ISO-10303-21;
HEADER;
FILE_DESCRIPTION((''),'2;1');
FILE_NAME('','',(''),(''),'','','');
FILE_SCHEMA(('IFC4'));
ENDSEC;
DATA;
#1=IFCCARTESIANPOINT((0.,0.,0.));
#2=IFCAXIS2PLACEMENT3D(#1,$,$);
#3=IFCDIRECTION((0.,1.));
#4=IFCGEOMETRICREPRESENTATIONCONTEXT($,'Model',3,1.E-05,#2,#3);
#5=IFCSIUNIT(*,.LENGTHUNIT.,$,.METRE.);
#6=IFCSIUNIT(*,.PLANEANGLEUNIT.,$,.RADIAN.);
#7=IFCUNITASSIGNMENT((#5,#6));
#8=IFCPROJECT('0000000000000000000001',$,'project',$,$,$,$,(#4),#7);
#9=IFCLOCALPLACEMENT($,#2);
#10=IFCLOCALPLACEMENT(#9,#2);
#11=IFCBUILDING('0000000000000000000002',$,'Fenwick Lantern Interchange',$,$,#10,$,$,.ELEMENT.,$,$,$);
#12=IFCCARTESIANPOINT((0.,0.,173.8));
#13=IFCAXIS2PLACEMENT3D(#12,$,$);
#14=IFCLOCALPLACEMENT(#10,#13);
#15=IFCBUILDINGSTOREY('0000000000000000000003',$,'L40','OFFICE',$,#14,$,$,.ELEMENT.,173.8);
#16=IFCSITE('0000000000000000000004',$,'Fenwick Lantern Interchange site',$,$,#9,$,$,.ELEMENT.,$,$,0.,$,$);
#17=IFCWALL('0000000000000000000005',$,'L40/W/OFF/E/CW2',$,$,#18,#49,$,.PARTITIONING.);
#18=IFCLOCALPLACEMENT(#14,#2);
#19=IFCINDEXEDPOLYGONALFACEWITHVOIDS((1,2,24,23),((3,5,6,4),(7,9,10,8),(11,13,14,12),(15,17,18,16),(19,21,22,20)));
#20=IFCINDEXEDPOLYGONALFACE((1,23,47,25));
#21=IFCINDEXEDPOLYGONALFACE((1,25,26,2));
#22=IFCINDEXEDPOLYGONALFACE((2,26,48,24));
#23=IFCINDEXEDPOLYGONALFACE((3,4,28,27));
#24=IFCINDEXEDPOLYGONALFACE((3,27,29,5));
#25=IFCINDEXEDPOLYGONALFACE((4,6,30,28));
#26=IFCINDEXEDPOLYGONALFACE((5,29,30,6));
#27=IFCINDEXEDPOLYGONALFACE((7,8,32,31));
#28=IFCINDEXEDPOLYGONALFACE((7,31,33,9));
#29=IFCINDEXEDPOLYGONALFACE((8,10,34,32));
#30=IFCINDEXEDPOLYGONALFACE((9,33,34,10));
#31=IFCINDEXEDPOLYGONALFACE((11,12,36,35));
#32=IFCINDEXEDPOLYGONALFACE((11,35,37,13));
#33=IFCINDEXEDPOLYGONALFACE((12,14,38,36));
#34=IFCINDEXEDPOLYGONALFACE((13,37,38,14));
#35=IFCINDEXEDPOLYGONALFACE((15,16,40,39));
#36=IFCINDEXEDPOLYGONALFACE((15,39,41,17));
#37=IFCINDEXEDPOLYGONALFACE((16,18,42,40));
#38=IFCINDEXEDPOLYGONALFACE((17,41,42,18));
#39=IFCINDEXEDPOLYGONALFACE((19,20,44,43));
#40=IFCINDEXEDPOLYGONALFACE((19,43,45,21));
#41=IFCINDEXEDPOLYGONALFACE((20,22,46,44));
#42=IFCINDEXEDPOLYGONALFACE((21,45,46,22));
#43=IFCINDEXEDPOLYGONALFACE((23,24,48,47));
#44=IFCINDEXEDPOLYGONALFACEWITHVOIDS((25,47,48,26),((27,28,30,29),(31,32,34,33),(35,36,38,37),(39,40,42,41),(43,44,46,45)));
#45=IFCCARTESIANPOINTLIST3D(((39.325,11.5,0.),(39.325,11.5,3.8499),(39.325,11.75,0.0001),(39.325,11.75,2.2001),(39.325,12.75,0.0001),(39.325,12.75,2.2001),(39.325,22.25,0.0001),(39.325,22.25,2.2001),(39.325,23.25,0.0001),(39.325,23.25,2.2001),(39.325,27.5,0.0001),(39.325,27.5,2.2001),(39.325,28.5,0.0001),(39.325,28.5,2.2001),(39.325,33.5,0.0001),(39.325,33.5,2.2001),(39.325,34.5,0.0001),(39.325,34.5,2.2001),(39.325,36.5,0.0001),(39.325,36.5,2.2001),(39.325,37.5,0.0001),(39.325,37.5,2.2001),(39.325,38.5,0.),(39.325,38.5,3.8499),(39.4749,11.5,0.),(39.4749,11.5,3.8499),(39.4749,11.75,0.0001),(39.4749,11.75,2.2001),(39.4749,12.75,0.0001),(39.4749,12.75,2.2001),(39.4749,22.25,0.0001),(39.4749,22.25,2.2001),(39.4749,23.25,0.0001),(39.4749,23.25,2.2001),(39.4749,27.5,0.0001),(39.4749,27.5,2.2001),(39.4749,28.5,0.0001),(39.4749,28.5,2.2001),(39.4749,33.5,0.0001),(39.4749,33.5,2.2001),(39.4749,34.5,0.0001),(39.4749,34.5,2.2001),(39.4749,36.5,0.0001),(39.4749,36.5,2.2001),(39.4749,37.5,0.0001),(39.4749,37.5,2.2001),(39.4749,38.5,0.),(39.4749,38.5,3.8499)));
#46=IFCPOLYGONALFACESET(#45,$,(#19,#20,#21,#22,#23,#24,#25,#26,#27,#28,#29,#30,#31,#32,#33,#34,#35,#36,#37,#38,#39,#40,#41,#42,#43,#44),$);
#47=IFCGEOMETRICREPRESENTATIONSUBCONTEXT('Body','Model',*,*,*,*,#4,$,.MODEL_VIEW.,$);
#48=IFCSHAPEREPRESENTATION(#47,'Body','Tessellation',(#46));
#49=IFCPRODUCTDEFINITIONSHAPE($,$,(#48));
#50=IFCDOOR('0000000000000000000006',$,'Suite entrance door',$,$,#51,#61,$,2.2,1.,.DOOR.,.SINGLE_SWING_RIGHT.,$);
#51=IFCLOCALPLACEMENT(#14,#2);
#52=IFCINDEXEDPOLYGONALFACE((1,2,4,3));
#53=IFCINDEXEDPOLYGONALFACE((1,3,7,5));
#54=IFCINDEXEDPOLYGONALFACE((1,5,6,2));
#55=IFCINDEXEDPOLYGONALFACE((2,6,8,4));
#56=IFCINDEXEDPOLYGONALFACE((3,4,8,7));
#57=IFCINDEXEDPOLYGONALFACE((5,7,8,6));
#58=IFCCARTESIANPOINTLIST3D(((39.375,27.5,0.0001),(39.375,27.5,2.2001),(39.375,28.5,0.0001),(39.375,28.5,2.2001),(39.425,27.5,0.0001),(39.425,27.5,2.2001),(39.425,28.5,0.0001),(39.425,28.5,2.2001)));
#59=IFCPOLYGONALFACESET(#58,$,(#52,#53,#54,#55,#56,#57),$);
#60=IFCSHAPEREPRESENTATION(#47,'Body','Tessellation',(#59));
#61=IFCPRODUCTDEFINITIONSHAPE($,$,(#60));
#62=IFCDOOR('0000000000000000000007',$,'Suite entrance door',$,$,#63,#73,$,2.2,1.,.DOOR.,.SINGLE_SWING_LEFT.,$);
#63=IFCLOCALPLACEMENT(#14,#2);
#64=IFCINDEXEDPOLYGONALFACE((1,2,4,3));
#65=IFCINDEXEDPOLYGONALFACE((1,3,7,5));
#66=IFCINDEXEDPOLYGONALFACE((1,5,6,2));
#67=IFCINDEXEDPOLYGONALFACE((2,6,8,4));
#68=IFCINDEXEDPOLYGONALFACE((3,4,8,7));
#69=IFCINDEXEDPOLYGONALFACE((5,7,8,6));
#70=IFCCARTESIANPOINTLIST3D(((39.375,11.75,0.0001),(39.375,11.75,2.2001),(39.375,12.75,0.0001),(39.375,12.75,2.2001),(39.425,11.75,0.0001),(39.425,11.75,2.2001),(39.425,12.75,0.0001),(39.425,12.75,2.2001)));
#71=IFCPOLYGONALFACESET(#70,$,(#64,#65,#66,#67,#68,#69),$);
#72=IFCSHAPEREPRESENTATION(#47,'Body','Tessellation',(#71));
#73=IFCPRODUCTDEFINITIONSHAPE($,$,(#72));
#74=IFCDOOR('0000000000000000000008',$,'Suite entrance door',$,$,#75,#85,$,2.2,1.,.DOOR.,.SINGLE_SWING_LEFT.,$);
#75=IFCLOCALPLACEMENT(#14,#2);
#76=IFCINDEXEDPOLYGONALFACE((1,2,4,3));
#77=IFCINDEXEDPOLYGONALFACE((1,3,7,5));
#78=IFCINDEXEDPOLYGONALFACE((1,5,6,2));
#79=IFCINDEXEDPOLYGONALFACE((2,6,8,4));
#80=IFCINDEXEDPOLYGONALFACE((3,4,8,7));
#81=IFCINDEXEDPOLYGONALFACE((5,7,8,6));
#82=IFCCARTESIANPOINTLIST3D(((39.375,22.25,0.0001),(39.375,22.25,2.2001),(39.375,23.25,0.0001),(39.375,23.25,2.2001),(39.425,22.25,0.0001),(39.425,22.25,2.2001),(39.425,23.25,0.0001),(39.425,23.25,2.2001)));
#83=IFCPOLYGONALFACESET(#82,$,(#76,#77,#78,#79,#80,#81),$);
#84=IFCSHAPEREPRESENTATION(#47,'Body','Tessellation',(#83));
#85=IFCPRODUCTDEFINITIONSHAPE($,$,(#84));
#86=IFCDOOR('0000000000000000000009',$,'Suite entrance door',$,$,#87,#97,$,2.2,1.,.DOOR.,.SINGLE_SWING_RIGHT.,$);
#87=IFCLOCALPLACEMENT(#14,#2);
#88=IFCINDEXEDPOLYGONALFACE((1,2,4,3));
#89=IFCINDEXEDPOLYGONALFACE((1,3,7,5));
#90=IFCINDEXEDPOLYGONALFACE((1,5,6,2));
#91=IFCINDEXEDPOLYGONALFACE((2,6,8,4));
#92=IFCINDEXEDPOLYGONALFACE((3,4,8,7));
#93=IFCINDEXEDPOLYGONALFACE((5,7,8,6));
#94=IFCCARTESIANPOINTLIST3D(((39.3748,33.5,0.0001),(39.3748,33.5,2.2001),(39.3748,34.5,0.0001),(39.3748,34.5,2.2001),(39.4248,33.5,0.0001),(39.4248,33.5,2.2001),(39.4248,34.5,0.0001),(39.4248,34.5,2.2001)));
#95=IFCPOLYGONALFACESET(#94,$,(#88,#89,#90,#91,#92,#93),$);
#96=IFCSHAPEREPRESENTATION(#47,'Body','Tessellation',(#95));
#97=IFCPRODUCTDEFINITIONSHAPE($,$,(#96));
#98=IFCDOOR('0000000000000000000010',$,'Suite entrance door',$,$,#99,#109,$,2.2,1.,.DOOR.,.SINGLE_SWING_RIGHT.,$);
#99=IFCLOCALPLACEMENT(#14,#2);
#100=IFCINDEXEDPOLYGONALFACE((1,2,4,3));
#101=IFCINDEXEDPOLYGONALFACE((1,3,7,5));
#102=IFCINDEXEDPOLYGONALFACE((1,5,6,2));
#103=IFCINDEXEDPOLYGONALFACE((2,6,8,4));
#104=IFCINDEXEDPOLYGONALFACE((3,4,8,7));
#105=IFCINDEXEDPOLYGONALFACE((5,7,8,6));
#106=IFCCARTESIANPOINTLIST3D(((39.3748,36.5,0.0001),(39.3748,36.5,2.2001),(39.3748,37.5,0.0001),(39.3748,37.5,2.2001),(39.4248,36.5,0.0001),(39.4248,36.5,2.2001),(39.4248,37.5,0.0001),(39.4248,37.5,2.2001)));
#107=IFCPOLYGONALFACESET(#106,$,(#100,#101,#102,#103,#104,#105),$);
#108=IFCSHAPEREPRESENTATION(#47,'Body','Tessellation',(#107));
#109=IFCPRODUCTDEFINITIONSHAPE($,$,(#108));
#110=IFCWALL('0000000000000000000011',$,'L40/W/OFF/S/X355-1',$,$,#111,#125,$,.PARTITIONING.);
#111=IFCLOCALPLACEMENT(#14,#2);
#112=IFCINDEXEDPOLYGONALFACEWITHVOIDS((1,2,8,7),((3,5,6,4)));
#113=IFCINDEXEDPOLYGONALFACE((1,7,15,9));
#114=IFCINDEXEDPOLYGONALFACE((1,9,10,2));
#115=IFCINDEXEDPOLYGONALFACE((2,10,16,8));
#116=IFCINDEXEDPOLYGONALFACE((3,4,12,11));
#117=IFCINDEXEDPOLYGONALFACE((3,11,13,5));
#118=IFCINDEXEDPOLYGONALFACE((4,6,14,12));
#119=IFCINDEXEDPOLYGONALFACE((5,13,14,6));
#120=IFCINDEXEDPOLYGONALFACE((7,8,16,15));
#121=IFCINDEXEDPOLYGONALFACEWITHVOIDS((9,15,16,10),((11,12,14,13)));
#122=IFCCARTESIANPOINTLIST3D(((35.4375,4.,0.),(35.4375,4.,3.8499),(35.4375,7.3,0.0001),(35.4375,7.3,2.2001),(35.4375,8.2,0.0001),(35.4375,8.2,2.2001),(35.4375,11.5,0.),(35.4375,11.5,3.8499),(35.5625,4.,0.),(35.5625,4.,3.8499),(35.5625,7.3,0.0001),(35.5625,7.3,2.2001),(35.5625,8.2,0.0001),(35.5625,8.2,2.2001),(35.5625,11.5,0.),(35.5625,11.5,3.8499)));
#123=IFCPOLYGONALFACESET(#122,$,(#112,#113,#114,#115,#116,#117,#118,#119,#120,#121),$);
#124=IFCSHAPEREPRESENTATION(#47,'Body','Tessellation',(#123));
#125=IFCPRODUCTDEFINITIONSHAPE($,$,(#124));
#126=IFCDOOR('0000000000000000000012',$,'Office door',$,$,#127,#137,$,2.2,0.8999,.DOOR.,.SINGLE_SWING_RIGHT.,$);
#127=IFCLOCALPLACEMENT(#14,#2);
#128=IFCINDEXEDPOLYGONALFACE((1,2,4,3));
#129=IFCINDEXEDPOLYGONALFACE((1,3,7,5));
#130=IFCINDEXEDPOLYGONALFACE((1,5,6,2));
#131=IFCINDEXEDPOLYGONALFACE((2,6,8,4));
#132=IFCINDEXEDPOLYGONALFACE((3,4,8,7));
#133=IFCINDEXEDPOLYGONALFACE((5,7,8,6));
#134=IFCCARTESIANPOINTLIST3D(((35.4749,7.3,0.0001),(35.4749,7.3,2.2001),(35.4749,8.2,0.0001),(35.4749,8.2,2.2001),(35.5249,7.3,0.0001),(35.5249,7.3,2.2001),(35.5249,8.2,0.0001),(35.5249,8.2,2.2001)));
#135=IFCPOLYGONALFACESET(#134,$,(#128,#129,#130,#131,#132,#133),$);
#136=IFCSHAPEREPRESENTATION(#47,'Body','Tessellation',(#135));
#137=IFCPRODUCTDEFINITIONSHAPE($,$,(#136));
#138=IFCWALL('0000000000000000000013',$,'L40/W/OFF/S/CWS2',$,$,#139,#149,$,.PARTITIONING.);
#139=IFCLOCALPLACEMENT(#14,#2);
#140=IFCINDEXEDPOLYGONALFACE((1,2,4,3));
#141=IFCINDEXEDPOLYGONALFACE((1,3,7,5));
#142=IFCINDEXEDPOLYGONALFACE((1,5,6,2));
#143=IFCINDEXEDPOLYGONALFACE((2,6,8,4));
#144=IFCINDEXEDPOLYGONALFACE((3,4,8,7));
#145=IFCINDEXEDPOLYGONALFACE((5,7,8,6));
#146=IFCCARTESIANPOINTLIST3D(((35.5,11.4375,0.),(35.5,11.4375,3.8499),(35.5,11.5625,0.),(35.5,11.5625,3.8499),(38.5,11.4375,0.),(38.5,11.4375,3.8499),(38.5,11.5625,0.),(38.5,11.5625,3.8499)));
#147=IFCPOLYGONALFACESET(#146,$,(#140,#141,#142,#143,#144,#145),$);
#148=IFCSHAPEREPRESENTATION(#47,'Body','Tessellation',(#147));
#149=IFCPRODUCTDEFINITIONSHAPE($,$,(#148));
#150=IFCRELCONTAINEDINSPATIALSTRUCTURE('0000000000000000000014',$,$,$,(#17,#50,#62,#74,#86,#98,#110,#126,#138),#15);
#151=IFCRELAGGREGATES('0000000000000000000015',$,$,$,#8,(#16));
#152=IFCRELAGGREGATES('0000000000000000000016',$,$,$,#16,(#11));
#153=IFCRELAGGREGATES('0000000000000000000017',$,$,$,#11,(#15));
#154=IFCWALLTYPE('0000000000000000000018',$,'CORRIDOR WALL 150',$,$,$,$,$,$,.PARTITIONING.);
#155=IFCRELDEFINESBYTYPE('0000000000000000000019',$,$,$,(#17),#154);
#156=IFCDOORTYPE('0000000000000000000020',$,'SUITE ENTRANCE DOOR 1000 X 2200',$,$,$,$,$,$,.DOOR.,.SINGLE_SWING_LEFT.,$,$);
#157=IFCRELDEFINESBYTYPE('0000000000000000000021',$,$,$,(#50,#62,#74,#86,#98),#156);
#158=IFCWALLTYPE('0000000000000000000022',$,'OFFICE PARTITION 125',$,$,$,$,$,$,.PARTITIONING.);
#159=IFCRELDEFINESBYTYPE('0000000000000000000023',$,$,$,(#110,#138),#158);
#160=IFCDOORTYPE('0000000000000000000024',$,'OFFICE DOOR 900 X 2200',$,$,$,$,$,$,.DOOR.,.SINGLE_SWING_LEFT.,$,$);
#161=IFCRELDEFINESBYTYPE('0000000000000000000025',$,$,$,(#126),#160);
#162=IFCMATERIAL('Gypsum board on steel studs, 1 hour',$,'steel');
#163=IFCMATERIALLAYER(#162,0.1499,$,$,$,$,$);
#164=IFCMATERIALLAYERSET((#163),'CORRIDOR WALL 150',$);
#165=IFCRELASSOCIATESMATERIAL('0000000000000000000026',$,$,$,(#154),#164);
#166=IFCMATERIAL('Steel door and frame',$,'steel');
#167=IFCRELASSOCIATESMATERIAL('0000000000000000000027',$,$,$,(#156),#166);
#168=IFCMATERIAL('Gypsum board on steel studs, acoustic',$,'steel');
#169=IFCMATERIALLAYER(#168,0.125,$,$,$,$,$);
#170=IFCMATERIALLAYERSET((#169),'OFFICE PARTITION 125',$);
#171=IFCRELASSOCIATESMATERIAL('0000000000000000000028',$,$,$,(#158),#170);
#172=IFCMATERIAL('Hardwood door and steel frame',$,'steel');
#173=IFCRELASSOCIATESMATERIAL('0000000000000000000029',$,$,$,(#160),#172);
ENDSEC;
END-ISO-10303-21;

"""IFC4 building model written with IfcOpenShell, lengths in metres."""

from ifc_helpers import new_model, si_unit, direction, frame, frame_2d, origin, place, context, subcontext, project, spatial, rectangle, extrude, material, layer, layer_set, type_object, element, fill, save


model = new_model("IFC4")

# Units and contexts
model_context = context("Model", 3, precision=1e-05, world=origin(), true_north=direction((0.0, 1.0)))
body_context = subcontext(model_context, "Body", "Model", "MODEL_VIEW")
ifc_project = project(units=[si_unit("LENGTHUNIT", "METRE"), si_unit("PLANEANGLEUNIT", "RADIAN")], contexts=[model_context])

# Site, building, storey
site_placement = place(None, origin())
site = spatial("IfcSite", under=ifc_project, at=site_placement, Name="Fenwick Lantern Interchange site", CompositionType="ELEMENT", RefElevation=0.0)
building_placement = place(site_placement, origin())
building = spatial("IfcBuilding", under=site, at=building_placement, Name="Fenwick Lantern Interchange", CompositionType="ELEMENT")
storey_placement = place(building_placement, frame((0.0, 0.0, 173.8)))
storey = spatial("IfcBuildingStorey", under=building, at=storey_placement, Name="L40", Description="OFFICE", CompositionType="ELEMENT", Elevation=173.8)

# Shared definitions
ifc_material_1 = material(Name="Steel door and frame", Category="steel")
ifc_material_2 = material(Name="Hardwood door and steel frame", Category="steel")

# Shared definitions
ifc_material_3 = material(Name="Gypsum board on steel studs, 1 hour", Category="steel")
ifc_layer_1 = layer(ifc_material_3, 0.1499)
ifc_layer_set_1 = layer_set([ifc_layer_1], Name="CORRIDOR WALL 150")
wall_type_1 = type_object("IfcWallType", Name="CORRIDOR WALL 150", PredefinedType="PARTITIONING", material=ifc_layer_set_1)

# Wall, openings, doors
wall_1_placement = place(storey_placement, frame((39.3999, 11.5, 0.0), z_axis=(0.0, 0.0, 1.0), x_axis=(0.0, 1.0, 0.0)))
wall_1 = element("IfcWall", 1, at=wall_1_placement, inside=storey, type_object=wall_type_1, Name="L40/W/OFF/E/CW2", PredefinedType="PARTITIONING", context=body_context, shape_type="SweptSolid", body=[
    extrude(rectangle(XDim=27.0, YDim=0.1499, at=frame_2d((13.5, 0.0))), origin(), (0.0, 0.0, 1.0), 3.8499),
])
opening_1_placement = place(wall_1_placement, frame((16.0, 0.0, 0.0)))
opening_1 = element("IfcOpeningElement", 2, at=opening_1_placement, cuts=wall_1, PredefinedType="OPENING", context=body_context, shape_type="SweptSolid", body=[
    extrude(rectangle(XDim=1.0, YDim=2.2, at=frame_2d((0.5, 1.1001))), frame((0.0, 0.085, 0.0), z_axis=(0.0, -1.0, 0.0), x_axis=(1.0, 0.0, 0.0)), (0.0, 0.0, 1.0), 0.1699),
])
opening_2_placement = place(wall_1_placement, frame((0.25, 0.0, 0.0)))
opening_2 = element("IfcOpeningElement", 3, at=opening_2_placement, cuts=wall_1, PredefinedType="OPENING", context=body_context, shape_type="SweptSolid", body=[
    extrude(rectangle(XDim=1.0, YDim=2.2, at=frame_2d((0.5, 1.1001))), frame((0.0, 0.085, 0.0), z_axis=(0.0, -1.0, 0.0), x_axis=(1.0, 0.0, 0.0)), (0.0, 0.0, 1.0), 0.1699),
])
opening_3_placement = place(wall_1_placement, frame((10.75, 0.0, 0.0)))
opening_3 = element("IfcOpeningElement", 4, at=opening_3_placement, cuts=wall_1, PredefinedType="OPENING", context=body_context, shape_type="SweptSolid", body=[
    extrude(rectangle(XDim=1.0, YDim=2.2, at=frame_2d((0.5, 1.1001))), frame((0.0, 0.085, 0.0), z_axis=(0.0, -1.0, 0.0), x_axis=(1.0, 0.0, 0.0)), (0.0, 0.0, 1.0), 0.1699),
])
opening_4_placement = place(wall_1_placement, frame((22.0, 0.0, 0.0)))
opening_4 = element("IfcOpeningElement", 5, at=opening_4_placement, cuts=wall_1, PredefinedType="OPENING", context=body_context, shape_type="SweptSolid", body=[
    extrude(rectangle(XDim=1.0, YDim=2.2, at=frame_2d((0.5, 1.1001))), frame((0.0, 0.085, 0.0), z_axis=(0.0, -1.0, 0.0), x_axis=(1.0, 0.0, 0.0)), (0.0, 0.0, 1.0), 0.1699),
])
opening_5_placement = place(wall_1_placement, frame((25.0, 0.0, 0.0)))
opening_5 = element("IfcOpeningElement", 6, at=opening_5_placement, cuts=wall_1, PredefinedType="OPENING", context=body_context, shape_type="SweptSolid", body=[
    extrude(rectangle(XDim=1.0, YDim=2.2, at=frame_2d((0.5, 1.1001))), frame((0.0, 0.085, 0.0), z_axis=(0.0, -1.0, 0.0), x_axis=(1.0, 0.0, 0.0)), (0.0, 0.0, 1.0), 0.1699),
])
door_type_1 = type_object("IfcDoorType", Name="SUITE ENTRANCE DOOR 1000 X 2200", OperationType="SINGLE_SWING_LEFT", PredefinedType="DOOR", material=ifc_material_1)
door_1_placement = place(opening_1_placement, origin())
door_1 = element("IfcDoor", 7, at=door_1_placement, inside=storey, type_object=door_type_1, Name="Suite entrance door", OperationType="SINGLE_SWING_RIGHT", OverallHeight=2.2, OverallWidth=1.0, PredefinedType="DOOR", context=body_context, shape_type="SweptSolid", body=[
    extrude(rectangle(XDim=1.0, YDim=2.2, at=frame_2d((0.5, 1.1001))), frame((0.0, 0.0249, 0.0), z_axis=(0.0, -1.0, 0.0), x_axis=(1.0, 0.0, 0.0)), (0.0, 0.0, 1.0), 0.05),
])
fill(opening_1, door_1)
door_2_placement = place(opening_2_placement, origin())
door_2 = element("IfcDoor", 8, at=door_2_placement, inside=storey, type_object=door_type_1, Name="Suite entrance door", OperationType="SINGLE_SWING_LEFT", OverallHeight=2.2, OverallWidth=1.0, PredefinedType="DOOR", context=body_context, shape_type="SweptSolid", body=[
    extrude(rectangle(XDim=1.0, YDim=2.2, at=frame_2d((0.5, 1.1001))), frame((0.0, 0.0249, 0.0), z_axis=(0.0, -1.0, 0.0), x_axis=(1.0, 0.0, 0.0)), (0.0, 0.0, 1.0), 0.05),
])
fill(opening_2, door_2)
door_3_placement = place(opening_3_placement, origin())
door_3 = element("IfcDoor", 9, at=door_3_placement, inside=storey, type_object=door_type_1, Name="Suite entrance door", OperationType="SINGLE_SWING_LEFT", OverallHeight=2.2, OverallWidth=1.0, PredefinedType="DOOR", context=body_context, shape_type="SweptSolid", body=[
    extrude(rectangle(XDim=1.0, YDim=2.2, at=frame_2d((0.5, 1.1001))), frame((0.0, 0.0249, 0.0), z_axis=(0.0, -1.0, 0.0), x_axis=(1.0, 0.0, 0.0)), (0.0, 0.0, 1.0), 0.05),
])
fill(opening_3, door_3)
door_4_placement = place(opening_4_placement, frame((1.0, 0.0, 0.0), z_axis=(0.0, 0.0, 1.0), x_axis=(-1.0, 0.0, 0.0)))
door_4 = element("IfcDoor", 10, at=door_4_placement, inside=storey, type_object=door_type_1, Name="Suite entrance door", OperationType="SINGLE_SWING_RIGHT", OverallHeight=2.2, OverallWidth=1.0, PredefinedType="DOOR", context=body_context, shape_type="SweptSolid", body=[
    extrude(rectangle(XDim=1.0, YDim=2.2, at=frame_2d((0.5, 1.1001))), frame((0.0, 0.0249, 0.0), z_axis=(0.0, -1.0, 0.0), x_axis=(1.0, 0.0, 0.0)), (0.0, 0.0, 1.0), 0.05),
])
fill(opening_4, door_4)
door_5_placement = place(opening_5_placement, frame((1.0, 0.0, 0.0), z_axis=(0.0, 0.0, 1.0), x_axis=(-1.0, 0.0, 0.0)))
door_5 = element("IfcDoor", 11, at=door_5_placement, inside=storey, type_object=door_type_1, Name="Suite entrance door", OperationType="SINGLE_SWING_RIGHT", OverallHeight=2.2, OverallWidth=1.0, PredefinedType="DOOR", context=body_context, shape_type="SweptSolid", body=[
    extrude(rectangle(XDim=1.0, YDim=2.2, at=frame_2d((0.5, 1.1001))), frame((0.0, 0.0249, 0.0), z_axis=(0.0, -1.0, 0.0), x_axis=(1.0, 0.0, 0.0)), (0.0, 0.0, 1.0), 0.05),
])
fill(opening_5, door_5)

# Wall, opening, door
ifc_material_4 = material(Name="Gypsum board on steel studs, acoustic", Category="steel")
ifc_layer_2 = layer(ifc_material_4, 0.125)
ifc_layer_set_2 = layer_set([ifc_layer_2], Name="OFFICE PARTITION 125")
wall_type_2 = type_object("IfcWallType", Name="OFFICE PARTITION 125", PredefinedType="PARTITIONING", material=ifc_layer_set_2)
wall_2_placement = place(storey_placement, frame((35.5, 4.0, 0.0), z_axis=(0.0, 0.0, 1.0), x_axis=(0.0, 1.0, 0.0)))
wall_2 = element("IfcWall", 12, at=wall_2_placement, inside=storey, type_object=wall_type_2, Name="L40/W/OFF/S/X355-1", PredefinedType="PARTITIONING", context=body_context, shape_type="SweptSolid", body=[
    extrude(rectangle(XDim=7.5, YDim=0.125, at=frame_2d((3.75, 0.0))), origin(), (0.0, 0.0, 1.0), 3.8499),
])
opening_6_placement = place(wall_2_placement, frame((3.3, 0.0, 0.0)))
opening_6 = element("IfcOpeningElement", 13, at=opening_6_placement, cuts=wall_2, PredefinedType="OPENING", context=body_context, shape_type="SweptSolid", body=[
    extrude(rectangle(XDim=0.8999, YDim=2.2, at=frame_2d((0.45, 1.1001))), frame((0.0, 0.0725, 0.0), z_axis=(0.0, -1.0, 0.0), x_axis=(1.0, 0.0, 0.0)), (0.0, 0.0, 1.0), 0.145),
])
door_type_2 = type_object("IfcDoorType", Name="OFFICE DOOR 900 X 2200", OperationType="SINGLE_SWING_LEFT", PredefinedType="DOOR", material=ifc_material_2)
door_6_placement = place(opening_6_placement, frame((0.8999, 0.0, 0.0), z_axis=(0.0, 0.0, 1.0), x_axis=(-1.0, 0.0, 0.0)))
door_6 = element("IfcDoor", 14, at=door_6_placement, inside=storey, type_object=door_type_2, Name="Office door", OperationType="SINGLE_SWING_RIGHT", OverallHeight=2.2, OverallWidth=0.8999, PredefinedType="DOOR", context=body_context, shape_type="SweptSolid", body=[
    extrude(rectangle(XDim=0.8999, YDim=2.2, at=frame_2d((0.45, 1.1001))), frame((0.0, 0.0249, 0.0), z_axis=(0.0, -1.0, 0.0), x_axis=(1.0, 0.0, 0.0)), (0.0, 0.0, 1.0), 0.05),
])
fill(opening_6, door_6)

# Wall
wall_3_placement = place(storey_placement, frame((35.5, 11.5, 0.0), z_axis=(0.0, 0.0, 1.0), x_axis=(1.0, 0.0, 0.0)))
element("IfcWall", 15, at=wall_3_placement, inside=storey, type_object=wall_type_2, Name="L40/W/OFF/S/CWS2", PredefinedType="PARTITIONING", context=body_context, shape_type="SweptSolid", body=[
    extrude(rectangle(XDim=3.0, YDim=0.125, at=frame_2d((1.5, 0.0))), origin(), (0.0, 0.0, 1.0), 3.8499),
])

save(model, "model.ifc")
